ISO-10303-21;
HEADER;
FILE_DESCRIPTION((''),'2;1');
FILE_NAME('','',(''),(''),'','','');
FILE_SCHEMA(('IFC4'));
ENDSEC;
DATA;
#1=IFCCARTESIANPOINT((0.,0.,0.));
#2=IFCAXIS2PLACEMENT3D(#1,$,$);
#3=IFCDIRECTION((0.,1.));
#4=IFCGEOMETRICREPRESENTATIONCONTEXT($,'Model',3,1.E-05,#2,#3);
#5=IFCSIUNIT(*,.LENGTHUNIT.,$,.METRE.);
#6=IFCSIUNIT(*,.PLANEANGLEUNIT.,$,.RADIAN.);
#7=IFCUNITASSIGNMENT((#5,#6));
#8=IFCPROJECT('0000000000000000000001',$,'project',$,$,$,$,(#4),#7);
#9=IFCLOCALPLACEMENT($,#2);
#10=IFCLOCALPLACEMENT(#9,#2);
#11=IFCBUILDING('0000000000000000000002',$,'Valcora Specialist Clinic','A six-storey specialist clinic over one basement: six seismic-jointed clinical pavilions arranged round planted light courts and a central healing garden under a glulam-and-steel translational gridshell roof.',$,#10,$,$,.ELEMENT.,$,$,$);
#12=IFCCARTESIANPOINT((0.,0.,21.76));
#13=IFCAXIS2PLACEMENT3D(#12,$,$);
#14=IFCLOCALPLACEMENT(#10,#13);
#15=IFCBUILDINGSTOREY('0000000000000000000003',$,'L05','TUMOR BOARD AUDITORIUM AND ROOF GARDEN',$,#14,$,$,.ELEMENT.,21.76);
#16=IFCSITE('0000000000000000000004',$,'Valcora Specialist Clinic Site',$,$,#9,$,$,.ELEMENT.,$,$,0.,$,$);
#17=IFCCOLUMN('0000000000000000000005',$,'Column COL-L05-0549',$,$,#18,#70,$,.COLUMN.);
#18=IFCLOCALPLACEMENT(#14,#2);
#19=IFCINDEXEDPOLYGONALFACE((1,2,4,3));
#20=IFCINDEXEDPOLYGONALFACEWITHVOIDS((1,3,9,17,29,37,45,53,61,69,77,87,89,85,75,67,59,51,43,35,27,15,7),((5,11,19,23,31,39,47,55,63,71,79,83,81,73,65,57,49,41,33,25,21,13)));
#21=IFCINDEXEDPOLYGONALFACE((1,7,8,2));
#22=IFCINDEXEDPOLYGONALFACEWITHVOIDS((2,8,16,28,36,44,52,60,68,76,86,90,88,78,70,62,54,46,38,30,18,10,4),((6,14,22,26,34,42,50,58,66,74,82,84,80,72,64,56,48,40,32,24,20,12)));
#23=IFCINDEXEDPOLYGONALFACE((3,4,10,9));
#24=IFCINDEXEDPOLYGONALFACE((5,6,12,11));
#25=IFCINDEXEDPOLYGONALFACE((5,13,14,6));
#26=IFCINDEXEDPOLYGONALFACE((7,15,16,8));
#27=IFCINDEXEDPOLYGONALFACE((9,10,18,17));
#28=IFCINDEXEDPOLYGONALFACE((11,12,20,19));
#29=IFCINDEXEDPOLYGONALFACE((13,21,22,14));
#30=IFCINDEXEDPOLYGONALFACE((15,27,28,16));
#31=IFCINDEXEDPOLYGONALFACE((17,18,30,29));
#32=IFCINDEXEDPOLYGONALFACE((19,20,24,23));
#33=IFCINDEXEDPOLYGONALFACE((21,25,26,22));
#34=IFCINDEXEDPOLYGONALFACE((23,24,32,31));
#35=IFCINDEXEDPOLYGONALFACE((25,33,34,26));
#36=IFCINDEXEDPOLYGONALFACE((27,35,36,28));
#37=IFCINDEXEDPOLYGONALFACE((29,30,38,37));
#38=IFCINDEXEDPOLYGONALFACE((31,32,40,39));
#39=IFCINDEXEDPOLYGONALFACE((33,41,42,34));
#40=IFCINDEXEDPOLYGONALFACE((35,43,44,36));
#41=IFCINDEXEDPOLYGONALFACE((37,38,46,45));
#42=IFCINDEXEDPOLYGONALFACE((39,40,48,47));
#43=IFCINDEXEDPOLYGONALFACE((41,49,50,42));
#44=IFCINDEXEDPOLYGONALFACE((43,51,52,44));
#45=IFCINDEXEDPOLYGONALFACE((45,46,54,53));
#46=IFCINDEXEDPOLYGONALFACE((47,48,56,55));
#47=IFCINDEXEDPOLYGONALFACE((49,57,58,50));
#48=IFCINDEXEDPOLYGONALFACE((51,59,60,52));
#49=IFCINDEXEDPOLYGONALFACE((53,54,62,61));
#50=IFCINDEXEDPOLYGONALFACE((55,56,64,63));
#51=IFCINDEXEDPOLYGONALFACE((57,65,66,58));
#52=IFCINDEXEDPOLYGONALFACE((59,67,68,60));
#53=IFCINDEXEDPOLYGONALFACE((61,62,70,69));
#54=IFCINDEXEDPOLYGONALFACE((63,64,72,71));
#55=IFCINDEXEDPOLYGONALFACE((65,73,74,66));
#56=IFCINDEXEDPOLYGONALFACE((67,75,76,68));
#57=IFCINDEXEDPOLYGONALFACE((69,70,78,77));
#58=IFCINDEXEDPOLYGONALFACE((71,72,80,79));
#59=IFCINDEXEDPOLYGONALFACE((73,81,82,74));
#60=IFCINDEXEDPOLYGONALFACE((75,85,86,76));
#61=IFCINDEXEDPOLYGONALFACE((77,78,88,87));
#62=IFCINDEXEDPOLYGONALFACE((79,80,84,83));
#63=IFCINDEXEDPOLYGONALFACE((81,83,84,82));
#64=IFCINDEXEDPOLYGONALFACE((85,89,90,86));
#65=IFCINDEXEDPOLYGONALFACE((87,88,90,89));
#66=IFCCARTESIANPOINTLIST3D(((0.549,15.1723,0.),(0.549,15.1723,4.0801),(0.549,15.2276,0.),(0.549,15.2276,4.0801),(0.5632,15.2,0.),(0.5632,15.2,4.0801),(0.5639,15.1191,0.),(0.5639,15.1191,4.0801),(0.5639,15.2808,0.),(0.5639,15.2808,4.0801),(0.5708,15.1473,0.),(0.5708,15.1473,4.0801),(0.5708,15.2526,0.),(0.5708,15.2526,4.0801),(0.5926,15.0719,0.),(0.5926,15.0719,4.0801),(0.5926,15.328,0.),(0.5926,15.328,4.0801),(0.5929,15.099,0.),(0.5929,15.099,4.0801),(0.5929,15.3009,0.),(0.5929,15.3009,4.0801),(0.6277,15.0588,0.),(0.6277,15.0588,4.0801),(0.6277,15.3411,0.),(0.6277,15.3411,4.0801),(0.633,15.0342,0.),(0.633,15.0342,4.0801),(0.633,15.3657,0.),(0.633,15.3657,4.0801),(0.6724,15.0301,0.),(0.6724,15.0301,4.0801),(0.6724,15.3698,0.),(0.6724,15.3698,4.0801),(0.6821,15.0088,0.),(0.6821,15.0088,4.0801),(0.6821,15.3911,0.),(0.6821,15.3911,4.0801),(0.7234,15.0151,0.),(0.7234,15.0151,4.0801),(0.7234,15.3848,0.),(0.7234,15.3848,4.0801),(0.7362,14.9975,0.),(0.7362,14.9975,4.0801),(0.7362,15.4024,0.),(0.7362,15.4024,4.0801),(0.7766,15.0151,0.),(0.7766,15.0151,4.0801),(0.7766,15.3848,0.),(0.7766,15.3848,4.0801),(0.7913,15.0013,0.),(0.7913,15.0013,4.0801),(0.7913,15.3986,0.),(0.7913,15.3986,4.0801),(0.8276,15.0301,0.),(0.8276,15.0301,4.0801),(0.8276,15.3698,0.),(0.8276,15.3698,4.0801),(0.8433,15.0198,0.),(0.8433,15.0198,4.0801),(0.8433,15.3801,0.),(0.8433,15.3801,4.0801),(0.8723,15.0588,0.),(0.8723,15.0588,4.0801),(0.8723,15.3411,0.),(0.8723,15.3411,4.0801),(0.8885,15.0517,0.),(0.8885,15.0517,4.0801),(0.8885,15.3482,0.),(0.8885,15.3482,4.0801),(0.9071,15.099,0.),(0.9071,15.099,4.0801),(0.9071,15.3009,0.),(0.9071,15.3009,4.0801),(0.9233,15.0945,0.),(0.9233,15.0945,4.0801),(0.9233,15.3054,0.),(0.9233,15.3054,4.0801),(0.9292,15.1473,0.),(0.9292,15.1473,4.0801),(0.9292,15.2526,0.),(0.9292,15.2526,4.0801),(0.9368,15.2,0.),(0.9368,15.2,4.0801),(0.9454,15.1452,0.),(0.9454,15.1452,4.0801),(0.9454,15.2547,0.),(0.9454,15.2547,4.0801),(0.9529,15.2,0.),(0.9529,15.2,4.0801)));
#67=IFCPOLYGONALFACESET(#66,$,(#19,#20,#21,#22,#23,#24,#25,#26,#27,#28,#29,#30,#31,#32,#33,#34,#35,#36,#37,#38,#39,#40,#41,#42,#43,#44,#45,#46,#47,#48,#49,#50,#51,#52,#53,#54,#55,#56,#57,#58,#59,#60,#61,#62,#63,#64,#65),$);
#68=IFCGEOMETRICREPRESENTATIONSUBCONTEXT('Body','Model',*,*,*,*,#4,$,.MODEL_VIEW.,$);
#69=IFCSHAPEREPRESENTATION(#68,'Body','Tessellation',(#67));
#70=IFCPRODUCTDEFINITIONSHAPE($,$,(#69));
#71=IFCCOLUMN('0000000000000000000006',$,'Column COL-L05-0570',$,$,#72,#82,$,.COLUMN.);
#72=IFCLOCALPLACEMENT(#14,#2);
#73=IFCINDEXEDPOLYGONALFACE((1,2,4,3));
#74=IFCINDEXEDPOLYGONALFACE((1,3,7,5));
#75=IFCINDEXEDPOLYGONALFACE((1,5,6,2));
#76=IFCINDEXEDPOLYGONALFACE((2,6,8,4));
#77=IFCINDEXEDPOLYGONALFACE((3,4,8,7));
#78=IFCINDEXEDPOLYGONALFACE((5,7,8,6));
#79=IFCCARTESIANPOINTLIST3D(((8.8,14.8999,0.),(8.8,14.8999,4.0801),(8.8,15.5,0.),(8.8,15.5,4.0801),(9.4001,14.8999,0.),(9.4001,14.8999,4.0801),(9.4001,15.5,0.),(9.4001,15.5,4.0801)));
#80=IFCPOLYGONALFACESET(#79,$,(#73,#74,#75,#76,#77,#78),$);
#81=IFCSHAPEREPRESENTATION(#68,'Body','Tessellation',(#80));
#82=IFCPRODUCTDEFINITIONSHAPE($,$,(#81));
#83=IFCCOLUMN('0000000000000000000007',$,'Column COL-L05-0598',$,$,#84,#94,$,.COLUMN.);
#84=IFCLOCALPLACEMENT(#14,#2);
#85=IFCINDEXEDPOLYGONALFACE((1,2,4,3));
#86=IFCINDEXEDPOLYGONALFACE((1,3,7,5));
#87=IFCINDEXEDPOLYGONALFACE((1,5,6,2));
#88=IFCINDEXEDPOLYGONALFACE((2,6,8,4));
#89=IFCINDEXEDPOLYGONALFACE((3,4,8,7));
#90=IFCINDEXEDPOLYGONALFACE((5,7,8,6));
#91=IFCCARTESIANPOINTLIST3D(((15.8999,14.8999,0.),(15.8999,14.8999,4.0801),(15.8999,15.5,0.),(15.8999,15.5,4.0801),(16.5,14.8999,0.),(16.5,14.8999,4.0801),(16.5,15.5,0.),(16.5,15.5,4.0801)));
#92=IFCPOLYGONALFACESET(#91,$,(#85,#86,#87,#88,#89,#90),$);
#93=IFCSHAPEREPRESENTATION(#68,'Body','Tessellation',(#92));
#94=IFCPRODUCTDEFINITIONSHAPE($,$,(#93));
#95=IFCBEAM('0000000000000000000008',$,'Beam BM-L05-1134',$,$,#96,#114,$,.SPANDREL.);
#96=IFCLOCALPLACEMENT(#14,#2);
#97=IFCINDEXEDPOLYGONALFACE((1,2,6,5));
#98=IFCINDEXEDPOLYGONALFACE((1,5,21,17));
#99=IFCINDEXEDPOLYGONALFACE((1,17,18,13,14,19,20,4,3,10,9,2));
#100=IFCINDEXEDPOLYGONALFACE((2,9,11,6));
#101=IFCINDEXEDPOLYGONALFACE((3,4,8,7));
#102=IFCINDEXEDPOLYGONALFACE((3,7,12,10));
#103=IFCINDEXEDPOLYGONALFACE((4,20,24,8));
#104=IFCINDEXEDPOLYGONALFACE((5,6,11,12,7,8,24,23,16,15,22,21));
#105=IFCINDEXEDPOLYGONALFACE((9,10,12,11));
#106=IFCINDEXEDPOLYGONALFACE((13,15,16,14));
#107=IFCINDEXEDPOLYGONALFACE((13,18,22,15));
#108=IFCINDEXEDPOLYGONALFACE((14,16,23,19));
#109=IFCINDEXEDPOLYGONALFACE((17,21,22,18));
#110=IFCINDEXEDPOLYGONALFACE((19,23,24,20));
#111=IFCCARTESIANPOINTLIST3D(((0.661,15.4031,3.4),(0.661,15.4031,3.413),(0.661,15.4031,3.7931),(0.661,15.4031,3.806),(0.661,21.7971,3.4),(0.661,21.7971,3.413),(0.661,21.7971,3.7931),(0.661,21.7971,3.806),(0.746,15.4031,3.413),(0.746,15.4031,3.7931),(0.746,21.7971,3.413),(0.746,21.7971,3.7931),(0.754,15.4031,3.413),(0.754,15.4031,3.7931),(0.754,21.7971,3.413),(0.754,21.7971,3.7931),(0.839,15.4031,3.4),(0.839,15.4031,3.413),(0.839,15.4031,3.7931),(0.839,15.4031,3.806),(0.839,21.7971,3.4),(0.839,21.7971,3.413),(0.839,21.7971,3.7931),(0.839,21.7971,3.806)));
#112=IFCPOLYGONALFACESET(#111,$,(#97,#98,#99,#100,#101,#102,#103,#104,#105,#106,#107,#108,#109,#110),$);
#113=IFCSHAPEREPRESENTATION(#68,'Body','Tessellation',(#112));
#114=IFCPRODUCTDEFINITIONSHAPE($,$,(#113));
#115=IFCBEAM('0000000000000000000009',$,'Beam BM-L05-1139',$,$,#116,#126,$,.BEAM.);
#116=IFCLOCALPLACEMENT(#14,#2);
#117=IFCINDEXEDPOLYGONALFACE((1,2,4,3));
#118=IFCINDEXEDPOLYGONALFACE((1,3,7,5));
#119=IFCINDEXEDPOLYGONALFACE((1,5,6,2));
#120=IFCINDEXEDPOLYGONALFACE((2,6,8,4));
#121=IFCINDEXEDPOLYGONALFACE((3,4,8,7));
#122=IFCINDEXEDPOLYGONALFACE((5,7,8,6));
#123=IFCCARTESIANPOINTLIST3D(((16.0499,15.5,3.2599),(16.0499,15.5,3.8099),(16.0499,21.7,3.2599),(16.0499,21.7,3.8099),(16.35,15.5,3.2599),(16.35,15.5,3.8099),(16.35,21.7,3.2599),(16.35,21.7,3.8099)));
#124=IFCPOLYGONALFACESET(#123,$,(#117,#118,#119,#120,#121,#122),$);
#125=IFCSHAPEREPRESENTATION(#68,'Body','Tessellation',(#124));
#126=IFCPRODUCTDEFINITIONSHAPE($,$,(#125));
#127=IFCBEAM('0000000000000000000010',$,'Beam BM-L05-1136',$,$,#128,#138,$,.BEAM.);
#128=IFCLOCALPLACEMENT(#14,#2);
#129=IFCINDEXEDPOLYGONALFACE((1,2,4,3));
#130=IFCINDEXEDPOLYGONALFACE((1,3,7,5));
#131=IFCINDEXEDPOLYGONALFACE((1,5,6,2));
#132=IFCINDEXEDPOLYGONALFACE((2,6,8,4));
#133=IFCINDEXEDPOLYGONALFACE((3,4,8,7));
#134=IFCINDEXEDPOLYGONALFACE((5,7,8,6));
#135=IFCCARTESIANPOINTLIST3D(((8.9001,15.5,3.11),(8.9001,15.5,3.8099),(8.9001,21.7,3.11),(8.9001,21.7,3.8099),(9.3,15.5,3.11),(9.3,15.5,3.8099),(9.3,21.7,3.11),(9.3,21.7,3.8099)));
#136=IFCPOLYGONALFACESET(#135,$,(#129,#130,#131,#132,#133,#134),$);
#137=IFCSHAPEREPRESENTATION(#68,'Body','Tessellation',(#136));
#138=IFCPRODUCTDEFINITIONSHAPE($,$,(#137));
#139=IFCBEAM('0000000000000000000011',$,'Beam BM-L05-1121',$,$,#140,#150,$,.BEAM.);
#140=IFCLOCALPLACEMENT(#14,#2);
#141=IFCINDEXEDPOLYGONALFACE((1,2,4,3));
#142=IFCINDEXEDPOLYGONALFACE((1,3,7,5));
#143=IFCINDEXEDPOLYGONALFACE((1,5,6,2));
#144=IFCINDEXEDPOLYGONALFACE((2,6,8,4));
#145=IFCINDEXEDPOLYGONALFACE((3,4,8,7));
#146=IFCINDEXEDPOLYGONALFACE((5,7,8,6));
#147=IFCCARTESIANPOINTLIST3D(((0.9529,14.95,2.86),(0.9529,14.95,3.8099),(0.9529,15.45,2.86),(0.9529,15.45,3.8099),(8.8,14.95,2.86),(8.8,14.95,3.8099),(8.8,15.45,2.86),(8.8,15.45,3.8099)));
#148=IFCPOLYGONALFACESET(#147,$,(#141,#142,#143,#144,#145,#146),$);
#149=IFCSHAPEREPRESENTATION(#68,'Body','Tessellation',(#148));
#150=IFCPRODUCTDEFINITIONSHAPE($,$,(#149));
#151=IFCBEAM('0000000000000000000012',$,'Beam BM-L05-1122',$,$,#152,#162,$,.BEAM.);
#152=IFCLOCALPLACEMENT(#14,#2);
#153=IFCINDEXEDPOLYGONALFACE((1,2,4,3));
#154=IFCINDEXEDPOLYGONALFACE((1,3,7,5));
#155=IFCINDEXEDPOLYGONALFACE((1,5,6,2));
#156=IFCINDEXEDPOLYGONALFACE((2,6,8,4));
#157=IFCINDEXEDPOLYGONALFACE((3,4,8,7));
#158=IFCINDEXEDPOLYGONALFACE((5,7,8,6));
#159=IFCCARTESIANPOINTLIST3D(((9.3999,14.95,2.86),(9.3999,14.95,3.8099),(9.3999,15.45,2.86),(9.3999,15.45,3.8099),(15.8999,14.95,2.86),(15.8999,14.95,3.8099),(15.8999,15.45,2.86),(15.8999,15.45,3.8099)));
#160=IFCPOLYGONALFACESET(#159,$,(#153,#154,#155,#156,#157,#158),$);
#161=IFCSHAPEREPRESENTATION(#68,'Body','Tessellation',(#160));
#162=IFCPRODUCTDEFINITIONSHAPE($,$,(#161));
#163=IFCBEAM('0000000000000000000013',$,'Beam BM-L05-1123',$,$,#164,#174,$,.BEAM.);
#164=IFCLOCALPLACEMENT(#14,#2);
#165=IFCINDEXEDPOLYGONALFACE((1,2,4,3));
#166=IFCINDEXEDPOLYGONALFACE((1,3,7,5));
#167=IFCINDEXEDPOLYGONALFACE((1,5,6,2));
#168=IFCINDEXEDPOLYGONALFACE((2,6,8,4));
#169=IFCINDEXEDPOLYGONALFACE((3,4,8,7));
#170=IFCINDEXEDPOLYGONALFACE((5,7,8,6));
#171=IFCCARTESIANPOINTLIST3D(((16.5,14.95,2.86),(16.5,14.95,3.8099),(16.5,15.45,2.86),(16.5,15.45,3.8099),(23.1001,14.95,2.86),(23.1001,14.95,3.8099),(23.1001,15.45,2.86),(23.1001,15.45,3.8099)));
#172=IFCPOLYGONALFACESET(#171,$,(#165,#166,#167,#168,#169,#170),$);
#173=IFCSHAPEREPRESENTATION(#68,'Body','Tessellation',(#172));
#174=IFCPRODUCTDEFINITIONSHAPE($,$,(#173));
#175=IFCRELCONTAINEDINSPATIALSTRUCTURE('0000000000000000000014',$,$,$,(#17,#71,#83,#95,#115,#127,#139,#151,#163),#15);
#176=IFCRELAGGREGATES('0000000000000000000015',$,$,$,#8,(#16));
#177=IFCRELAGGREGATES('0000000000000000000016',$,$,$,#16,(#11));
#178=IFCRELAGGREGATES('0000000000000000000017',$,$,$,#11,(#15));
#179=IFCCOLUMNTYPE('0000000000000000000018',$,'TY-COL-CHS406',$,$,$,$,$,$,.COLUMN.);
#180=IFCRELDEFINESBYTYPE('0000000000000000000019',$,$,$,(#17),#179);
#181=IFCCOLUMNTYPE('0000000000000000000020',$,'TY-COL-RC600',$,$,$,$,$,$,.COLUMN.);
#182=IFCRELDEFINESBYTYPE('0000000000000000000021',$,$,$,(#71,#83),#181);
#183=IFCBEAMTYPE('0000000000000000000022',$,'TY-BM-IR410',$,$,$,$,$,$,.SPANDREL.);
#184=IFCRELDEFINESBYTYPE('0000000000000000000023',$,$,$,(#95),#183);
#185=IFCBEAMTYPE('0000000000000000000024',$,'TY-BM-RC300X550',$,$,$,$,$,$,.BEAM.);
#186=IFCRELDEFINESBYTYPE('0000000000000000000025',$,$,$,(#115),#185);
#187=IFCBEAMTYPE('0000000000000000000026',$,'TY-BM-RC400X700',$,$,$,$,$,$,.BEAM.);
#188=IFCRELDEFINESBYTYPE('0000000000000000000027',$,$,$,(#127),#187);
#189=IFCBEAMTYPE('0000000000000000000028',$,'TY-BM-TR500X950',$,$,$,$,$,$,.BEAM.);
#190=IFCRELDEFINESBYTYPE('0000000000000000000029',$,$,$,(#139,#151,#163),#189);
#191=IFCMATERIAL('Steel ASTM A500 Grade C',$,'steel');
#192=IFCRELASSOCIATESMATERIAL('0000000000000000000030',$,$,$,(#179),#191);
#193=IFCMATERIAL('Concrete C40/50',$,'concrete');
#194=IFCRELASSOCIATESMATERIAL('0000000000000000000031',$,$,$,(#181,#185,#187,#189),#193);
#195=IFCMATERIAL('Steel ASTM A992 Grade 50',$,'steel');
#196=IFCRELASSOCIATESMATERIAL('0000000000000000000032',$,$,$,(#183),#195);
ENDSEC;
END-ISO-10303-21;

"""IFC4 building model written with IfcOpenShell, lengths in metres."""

from ifc_helpers import new_model, si_unit, direction, frame, origin, origin_2d, place, context, subcontext, project, spatial, rectangle, hollow_circle, i_section, extrude, material, material_profile, profile_set, type_object, element, save


model = new_model("IFC4")

# Units and contexts
model_context = context("Model", 3, precision=1e-05, world=origin(), true_north=direction((0.0, 1.0)))
body_context = subcontext(model_context, "Body", "Model", "MODEL_VIEW")
ifc_project = project(units=[si_unit("LENGTHUNIT", "METRE"), si_unit("PLANEANGLEUNIT", "RADIAN")], contexts=[model_context])

# Site, building, storey
site_placement = place(None, origin())
site = spatial("IfcSite", under=ifc_project, at=site_placement, Name="Valcora Specialist Clinic Site", CompositionType="ELEMENT", RefElevation=0.0)
building_placement = place(site_placement, origin())
building = spatial("IfcBuilding", under=site, at=building_placement, Name="Valcora Specialist Clinic", Description="A six-storey specialist clinic over one basement: six seismic-jointed clinical pavilions arranged round planted light courts and a central healing garden under a glulam-and-steel translational gridshell roof.", CompositionType="ELEMENT")
storey_placement = place(building_placement, frame((0.0, 0.0, 21.76)))
storey = spatial("IfcBuildingStorey", under=building, at=storey_placement, Name="L05", Description="TUMOR BOARD AUDITORIUM AND ROOF GARDEN", CompositionType="ELEMENT", Elevation=21.76)

# Columns
ifc_material_1 = material(Name="Steel ASTM A500 Grade C", Category="steel")
ifc_material_profile_1 = material_profile(ifc_material_1, hollow_circle(Radius=0.2029, WallThickness=0.0161, at=origin_2d()), Name="ST-CHS-406X16")
ifc_profile_set_1 = profile_set([ifc_material_profile_1], Name="Steel ASTM A500 Grade C")
column_type_1 = type_object("IfcColumnType", Name="TY-COL-CHS406", PredefinedType="COLUMN", material=ifc_profile_set_1)
column_placement = place(storey_placement, frame((0.75, 15.2, 0.0), z_axis=(0.0, 0.0, 1.0), x_axis=(1.0, 0.0, 0.0)))
element("IfcColumn", 1, at=column_placement, inside=storey, type_object=column_type_1, Name="Column COL-L05-0549", PredefinedType="COLUMN", context=body_context, shape_type="SweptSolid", body=[
    extrude(hollow_circle(Radius=0.2029, WallThickness=0.0161, at=origin_2d()), origin(), (0.0, 0.0, 1.0), 4.0801),
])
ifc_material_2 = material(Name="Concrete C40/50", Category="concrete")
ifc_material_profile_2 = material_profile(ifc_material_2, rectangle(XDim=0.6001, YDim=0.6001, at=origin_2d()), Name="RC-COL-600X600")
ifc_profile_set_2 = profile_set([ifc_material_profile_2], Name="Concrete C40/50")
column_type_2 = type_object("IfcColumnType", Name="TY-COL-RC600", PredefinedType="COLUMN", material=ifc_profile_set_2)
for number, where, z_axis, x_axis, name in (
    (2, (9.1001, 15.2, 0.0), (0.0, 0.0, 1.0), (1.0, 0.0, 0.0), "Column COL-L05-0570"),
    (3, (16.2, 15.2, 0.0), (0.0, 0.0, 1.0), (1.0, 0.0, 0.0), "Column COL-L05-0598"),
):
    element("IfcColumn", number, at=place(storey_placement, frame(where, z_axis=z_axis, x_axis=x_axis)), inside=storey, type_object=column_type_2, Name=name, PredefinedType="COLUMN", context=body_context, shape_type="SweptSolid", body=[
        extrude(rectangle(XDim=0.6001, YDim=0.6001, at=origin_2d()), origin(), (0.0, 0.0, 1.0), 4.0801),
    ])

# Beams
ifc_material_3 = material(Name="Steel ASTM A992 Grade 50", Category="steel")
ifc_material_profile_3 = material_profile(ifc_material_3, i_section(OverallWidth=0.178, OverallDepth=0.406, WebThickness=0.0081, FlangeThickness=0.0129, at=origin_2d()), Name="ST-IR-410X180")
ifc_profile_set_3 = profile_set([ifc_material_profile_3], Name="Steel ASTM A992 Grade 50")
beam_type_1 = type_object("IfcBeamType", Name="TY-BM-IR410", PredefinedType="SPANDREL", material=ifc_profile_set_3)
beam_1_placement = place(storey_placement, frame((0.75, 15.4031, 3.603), z_axis=(0.0, 1.0, 0.0), x_axis=(-1.0, 0.0, 0.0)))
element("IfcBeam", 4, at=beam_1_placement, inside=storey, type_object=beam_type_1, Name="Beam BM-L05-1134", PredefinedType="SPANDREL", context=body_context, shape_type="SweptSolid", body=[
    extrude(i_section(OverallWidth=0.178, OverallDepth=0.406, WebThickness=0.0081, FlangeThickness=0.0129, at=origin_2d()), origin(), (0.0, 0.0, 1.0), 6.394),
])
ifc_material_profile_4 = material_profile(ifc_material_2, rectangle(XDim=0.3, YDim=0.55, at=origin_2d()), Name="RC-BM-300X550")
ifc_profile_set_4 = profile_set([ifc_material_profile_4], Name="Concrete C40/50")
beam_type_2 = type_object("IfcBeamType", Name="TY-BM-RC300X550", PredefinedType="BEAM", material=ifc_profile_set_4)
beam_2_placement = place(storey_placement, frame((16.2, 15.5, 3.5349), z_axis=(0.0, 1.0, 0.0), x_axis=(-1.0, 0.0, 0.0)))
element("IfcBeam", 5, at=beam_2_placement, inside=storey, type_object=beam_type_2, Name="Beam BM-L05-1139", PredefinedType="BEAM", context=body_context, shape_type="SweptSolid", body=[
    extrude(rectangle(XDim=0.3, YDim=0.55, at=origin_2d()), origin(), (0.0, 0.0, 1.0), 6.2),
])
ifc_material_profile_5 = material_profile(ifc_material_2, rectangle(XDim=0.3999, YDim=0.7, at=origin_2d()), Name="RC-BM-400X700")
ifc_profile_set_5 = profile_set([ifc_material_profile_5], Name="Concrete C40/50")
beam_type_3 = type_object("IfcBeamType", Name="TY-BM-RC400X700", PredefinedType="BEAM", material=ifc_profile_set_5)
beam_3_placement = place(storey_placement, frame((9.1001, 15.5, 3.46), z_axis=(0.0, 1.0, 0.0), x_axis=(-1.0, 0.0, 0.0)))
element("IfcBeam", 6, at=beam_3_placement, inside=storey, type_object=beam_type_3, Name="Beam BM-L05-1136", PredefinedType="BEAM", context=body_context, shape_type="SweptSolid", body=[
    extrude(rectangle(XDim=0.3999, YDim=0.7, at=origin_2d()), origin(), (0.0, 0.0, 1.0), 6.2),
])
ifc_material_profile_6 = material_profile(ifc_material_2, rectangle(XDim=0.5, YDim=0.95, at=origin_2d()), Name="RC-BM-500X950")
ifc_profile_set_6 = profile_set([ifc_material_profile_6], Name="Concrete C40/50")
beam_type_4 = type_object("IfcBeamType", Name="TY-BM-TR500X950", PredefinedType="BEAM", material=ifc_profile_set_6)
beam_4_placement = place(storey_placement, frame((0.9529, 15.2, 3.335), z_axis=(1.0, 0.0, 0.0), x_axis=(0.0, 1.0, 0.0)))
element("IfcBeam", 7, at=beam_4_placement, inside=storey, type_object=beam_type_4, Name="Beam BM-L05-1121", PredefinedType="BEAM", context=body_context, shape_type="SweptSolid", body=[
    extrude(rectangle(XDim=0.5, YDim=0.95, at=origin_2d()), origin(), (0.0, 0.0, 1.0), 7.8472),
])
beam_5_placement = place(storey_placement, frame((9.3999, 15.2, 3.335), z_axis=(1.0, 0.0, 0.0), x_axis=(0.0, 1.0, 0.0)))
element("IfcBeam", 8, at=beam_5_placement, inside=storey, type_object=beam_type_4, Name="Beam BM-L05-1122", PredefinedType="BEAM", context=body_context, shape_type="SweptSolid", body=[
    extrude(rectangle(XDim=0.5, YDim=0.95, at=origin_2d()), origin(), (0.0, 0.0, 1.0), 6.5),
])
beam_6_placement = place(storey_placement, frame((16.5, 15.2, 3.335), z_axis=(1.0, 0.0, 0.0), x_axis=(0.0, 1.0, 0.0)))
element("IfcBeam", 9, at=beam_6_placement, inside=storey, type_object=beam_type_4, Name="Beam BM-L05-1123", PredefinedType="BEAM", context=body_context, shape_type="SweptSolid", body=[
    extrude(rectangle(XDim=0.5, YDim=0.95, at=origin_2d()), origin(), (0.0, 0.0, 1.0), 6.6001),
])

save(model, "model.ifc")
